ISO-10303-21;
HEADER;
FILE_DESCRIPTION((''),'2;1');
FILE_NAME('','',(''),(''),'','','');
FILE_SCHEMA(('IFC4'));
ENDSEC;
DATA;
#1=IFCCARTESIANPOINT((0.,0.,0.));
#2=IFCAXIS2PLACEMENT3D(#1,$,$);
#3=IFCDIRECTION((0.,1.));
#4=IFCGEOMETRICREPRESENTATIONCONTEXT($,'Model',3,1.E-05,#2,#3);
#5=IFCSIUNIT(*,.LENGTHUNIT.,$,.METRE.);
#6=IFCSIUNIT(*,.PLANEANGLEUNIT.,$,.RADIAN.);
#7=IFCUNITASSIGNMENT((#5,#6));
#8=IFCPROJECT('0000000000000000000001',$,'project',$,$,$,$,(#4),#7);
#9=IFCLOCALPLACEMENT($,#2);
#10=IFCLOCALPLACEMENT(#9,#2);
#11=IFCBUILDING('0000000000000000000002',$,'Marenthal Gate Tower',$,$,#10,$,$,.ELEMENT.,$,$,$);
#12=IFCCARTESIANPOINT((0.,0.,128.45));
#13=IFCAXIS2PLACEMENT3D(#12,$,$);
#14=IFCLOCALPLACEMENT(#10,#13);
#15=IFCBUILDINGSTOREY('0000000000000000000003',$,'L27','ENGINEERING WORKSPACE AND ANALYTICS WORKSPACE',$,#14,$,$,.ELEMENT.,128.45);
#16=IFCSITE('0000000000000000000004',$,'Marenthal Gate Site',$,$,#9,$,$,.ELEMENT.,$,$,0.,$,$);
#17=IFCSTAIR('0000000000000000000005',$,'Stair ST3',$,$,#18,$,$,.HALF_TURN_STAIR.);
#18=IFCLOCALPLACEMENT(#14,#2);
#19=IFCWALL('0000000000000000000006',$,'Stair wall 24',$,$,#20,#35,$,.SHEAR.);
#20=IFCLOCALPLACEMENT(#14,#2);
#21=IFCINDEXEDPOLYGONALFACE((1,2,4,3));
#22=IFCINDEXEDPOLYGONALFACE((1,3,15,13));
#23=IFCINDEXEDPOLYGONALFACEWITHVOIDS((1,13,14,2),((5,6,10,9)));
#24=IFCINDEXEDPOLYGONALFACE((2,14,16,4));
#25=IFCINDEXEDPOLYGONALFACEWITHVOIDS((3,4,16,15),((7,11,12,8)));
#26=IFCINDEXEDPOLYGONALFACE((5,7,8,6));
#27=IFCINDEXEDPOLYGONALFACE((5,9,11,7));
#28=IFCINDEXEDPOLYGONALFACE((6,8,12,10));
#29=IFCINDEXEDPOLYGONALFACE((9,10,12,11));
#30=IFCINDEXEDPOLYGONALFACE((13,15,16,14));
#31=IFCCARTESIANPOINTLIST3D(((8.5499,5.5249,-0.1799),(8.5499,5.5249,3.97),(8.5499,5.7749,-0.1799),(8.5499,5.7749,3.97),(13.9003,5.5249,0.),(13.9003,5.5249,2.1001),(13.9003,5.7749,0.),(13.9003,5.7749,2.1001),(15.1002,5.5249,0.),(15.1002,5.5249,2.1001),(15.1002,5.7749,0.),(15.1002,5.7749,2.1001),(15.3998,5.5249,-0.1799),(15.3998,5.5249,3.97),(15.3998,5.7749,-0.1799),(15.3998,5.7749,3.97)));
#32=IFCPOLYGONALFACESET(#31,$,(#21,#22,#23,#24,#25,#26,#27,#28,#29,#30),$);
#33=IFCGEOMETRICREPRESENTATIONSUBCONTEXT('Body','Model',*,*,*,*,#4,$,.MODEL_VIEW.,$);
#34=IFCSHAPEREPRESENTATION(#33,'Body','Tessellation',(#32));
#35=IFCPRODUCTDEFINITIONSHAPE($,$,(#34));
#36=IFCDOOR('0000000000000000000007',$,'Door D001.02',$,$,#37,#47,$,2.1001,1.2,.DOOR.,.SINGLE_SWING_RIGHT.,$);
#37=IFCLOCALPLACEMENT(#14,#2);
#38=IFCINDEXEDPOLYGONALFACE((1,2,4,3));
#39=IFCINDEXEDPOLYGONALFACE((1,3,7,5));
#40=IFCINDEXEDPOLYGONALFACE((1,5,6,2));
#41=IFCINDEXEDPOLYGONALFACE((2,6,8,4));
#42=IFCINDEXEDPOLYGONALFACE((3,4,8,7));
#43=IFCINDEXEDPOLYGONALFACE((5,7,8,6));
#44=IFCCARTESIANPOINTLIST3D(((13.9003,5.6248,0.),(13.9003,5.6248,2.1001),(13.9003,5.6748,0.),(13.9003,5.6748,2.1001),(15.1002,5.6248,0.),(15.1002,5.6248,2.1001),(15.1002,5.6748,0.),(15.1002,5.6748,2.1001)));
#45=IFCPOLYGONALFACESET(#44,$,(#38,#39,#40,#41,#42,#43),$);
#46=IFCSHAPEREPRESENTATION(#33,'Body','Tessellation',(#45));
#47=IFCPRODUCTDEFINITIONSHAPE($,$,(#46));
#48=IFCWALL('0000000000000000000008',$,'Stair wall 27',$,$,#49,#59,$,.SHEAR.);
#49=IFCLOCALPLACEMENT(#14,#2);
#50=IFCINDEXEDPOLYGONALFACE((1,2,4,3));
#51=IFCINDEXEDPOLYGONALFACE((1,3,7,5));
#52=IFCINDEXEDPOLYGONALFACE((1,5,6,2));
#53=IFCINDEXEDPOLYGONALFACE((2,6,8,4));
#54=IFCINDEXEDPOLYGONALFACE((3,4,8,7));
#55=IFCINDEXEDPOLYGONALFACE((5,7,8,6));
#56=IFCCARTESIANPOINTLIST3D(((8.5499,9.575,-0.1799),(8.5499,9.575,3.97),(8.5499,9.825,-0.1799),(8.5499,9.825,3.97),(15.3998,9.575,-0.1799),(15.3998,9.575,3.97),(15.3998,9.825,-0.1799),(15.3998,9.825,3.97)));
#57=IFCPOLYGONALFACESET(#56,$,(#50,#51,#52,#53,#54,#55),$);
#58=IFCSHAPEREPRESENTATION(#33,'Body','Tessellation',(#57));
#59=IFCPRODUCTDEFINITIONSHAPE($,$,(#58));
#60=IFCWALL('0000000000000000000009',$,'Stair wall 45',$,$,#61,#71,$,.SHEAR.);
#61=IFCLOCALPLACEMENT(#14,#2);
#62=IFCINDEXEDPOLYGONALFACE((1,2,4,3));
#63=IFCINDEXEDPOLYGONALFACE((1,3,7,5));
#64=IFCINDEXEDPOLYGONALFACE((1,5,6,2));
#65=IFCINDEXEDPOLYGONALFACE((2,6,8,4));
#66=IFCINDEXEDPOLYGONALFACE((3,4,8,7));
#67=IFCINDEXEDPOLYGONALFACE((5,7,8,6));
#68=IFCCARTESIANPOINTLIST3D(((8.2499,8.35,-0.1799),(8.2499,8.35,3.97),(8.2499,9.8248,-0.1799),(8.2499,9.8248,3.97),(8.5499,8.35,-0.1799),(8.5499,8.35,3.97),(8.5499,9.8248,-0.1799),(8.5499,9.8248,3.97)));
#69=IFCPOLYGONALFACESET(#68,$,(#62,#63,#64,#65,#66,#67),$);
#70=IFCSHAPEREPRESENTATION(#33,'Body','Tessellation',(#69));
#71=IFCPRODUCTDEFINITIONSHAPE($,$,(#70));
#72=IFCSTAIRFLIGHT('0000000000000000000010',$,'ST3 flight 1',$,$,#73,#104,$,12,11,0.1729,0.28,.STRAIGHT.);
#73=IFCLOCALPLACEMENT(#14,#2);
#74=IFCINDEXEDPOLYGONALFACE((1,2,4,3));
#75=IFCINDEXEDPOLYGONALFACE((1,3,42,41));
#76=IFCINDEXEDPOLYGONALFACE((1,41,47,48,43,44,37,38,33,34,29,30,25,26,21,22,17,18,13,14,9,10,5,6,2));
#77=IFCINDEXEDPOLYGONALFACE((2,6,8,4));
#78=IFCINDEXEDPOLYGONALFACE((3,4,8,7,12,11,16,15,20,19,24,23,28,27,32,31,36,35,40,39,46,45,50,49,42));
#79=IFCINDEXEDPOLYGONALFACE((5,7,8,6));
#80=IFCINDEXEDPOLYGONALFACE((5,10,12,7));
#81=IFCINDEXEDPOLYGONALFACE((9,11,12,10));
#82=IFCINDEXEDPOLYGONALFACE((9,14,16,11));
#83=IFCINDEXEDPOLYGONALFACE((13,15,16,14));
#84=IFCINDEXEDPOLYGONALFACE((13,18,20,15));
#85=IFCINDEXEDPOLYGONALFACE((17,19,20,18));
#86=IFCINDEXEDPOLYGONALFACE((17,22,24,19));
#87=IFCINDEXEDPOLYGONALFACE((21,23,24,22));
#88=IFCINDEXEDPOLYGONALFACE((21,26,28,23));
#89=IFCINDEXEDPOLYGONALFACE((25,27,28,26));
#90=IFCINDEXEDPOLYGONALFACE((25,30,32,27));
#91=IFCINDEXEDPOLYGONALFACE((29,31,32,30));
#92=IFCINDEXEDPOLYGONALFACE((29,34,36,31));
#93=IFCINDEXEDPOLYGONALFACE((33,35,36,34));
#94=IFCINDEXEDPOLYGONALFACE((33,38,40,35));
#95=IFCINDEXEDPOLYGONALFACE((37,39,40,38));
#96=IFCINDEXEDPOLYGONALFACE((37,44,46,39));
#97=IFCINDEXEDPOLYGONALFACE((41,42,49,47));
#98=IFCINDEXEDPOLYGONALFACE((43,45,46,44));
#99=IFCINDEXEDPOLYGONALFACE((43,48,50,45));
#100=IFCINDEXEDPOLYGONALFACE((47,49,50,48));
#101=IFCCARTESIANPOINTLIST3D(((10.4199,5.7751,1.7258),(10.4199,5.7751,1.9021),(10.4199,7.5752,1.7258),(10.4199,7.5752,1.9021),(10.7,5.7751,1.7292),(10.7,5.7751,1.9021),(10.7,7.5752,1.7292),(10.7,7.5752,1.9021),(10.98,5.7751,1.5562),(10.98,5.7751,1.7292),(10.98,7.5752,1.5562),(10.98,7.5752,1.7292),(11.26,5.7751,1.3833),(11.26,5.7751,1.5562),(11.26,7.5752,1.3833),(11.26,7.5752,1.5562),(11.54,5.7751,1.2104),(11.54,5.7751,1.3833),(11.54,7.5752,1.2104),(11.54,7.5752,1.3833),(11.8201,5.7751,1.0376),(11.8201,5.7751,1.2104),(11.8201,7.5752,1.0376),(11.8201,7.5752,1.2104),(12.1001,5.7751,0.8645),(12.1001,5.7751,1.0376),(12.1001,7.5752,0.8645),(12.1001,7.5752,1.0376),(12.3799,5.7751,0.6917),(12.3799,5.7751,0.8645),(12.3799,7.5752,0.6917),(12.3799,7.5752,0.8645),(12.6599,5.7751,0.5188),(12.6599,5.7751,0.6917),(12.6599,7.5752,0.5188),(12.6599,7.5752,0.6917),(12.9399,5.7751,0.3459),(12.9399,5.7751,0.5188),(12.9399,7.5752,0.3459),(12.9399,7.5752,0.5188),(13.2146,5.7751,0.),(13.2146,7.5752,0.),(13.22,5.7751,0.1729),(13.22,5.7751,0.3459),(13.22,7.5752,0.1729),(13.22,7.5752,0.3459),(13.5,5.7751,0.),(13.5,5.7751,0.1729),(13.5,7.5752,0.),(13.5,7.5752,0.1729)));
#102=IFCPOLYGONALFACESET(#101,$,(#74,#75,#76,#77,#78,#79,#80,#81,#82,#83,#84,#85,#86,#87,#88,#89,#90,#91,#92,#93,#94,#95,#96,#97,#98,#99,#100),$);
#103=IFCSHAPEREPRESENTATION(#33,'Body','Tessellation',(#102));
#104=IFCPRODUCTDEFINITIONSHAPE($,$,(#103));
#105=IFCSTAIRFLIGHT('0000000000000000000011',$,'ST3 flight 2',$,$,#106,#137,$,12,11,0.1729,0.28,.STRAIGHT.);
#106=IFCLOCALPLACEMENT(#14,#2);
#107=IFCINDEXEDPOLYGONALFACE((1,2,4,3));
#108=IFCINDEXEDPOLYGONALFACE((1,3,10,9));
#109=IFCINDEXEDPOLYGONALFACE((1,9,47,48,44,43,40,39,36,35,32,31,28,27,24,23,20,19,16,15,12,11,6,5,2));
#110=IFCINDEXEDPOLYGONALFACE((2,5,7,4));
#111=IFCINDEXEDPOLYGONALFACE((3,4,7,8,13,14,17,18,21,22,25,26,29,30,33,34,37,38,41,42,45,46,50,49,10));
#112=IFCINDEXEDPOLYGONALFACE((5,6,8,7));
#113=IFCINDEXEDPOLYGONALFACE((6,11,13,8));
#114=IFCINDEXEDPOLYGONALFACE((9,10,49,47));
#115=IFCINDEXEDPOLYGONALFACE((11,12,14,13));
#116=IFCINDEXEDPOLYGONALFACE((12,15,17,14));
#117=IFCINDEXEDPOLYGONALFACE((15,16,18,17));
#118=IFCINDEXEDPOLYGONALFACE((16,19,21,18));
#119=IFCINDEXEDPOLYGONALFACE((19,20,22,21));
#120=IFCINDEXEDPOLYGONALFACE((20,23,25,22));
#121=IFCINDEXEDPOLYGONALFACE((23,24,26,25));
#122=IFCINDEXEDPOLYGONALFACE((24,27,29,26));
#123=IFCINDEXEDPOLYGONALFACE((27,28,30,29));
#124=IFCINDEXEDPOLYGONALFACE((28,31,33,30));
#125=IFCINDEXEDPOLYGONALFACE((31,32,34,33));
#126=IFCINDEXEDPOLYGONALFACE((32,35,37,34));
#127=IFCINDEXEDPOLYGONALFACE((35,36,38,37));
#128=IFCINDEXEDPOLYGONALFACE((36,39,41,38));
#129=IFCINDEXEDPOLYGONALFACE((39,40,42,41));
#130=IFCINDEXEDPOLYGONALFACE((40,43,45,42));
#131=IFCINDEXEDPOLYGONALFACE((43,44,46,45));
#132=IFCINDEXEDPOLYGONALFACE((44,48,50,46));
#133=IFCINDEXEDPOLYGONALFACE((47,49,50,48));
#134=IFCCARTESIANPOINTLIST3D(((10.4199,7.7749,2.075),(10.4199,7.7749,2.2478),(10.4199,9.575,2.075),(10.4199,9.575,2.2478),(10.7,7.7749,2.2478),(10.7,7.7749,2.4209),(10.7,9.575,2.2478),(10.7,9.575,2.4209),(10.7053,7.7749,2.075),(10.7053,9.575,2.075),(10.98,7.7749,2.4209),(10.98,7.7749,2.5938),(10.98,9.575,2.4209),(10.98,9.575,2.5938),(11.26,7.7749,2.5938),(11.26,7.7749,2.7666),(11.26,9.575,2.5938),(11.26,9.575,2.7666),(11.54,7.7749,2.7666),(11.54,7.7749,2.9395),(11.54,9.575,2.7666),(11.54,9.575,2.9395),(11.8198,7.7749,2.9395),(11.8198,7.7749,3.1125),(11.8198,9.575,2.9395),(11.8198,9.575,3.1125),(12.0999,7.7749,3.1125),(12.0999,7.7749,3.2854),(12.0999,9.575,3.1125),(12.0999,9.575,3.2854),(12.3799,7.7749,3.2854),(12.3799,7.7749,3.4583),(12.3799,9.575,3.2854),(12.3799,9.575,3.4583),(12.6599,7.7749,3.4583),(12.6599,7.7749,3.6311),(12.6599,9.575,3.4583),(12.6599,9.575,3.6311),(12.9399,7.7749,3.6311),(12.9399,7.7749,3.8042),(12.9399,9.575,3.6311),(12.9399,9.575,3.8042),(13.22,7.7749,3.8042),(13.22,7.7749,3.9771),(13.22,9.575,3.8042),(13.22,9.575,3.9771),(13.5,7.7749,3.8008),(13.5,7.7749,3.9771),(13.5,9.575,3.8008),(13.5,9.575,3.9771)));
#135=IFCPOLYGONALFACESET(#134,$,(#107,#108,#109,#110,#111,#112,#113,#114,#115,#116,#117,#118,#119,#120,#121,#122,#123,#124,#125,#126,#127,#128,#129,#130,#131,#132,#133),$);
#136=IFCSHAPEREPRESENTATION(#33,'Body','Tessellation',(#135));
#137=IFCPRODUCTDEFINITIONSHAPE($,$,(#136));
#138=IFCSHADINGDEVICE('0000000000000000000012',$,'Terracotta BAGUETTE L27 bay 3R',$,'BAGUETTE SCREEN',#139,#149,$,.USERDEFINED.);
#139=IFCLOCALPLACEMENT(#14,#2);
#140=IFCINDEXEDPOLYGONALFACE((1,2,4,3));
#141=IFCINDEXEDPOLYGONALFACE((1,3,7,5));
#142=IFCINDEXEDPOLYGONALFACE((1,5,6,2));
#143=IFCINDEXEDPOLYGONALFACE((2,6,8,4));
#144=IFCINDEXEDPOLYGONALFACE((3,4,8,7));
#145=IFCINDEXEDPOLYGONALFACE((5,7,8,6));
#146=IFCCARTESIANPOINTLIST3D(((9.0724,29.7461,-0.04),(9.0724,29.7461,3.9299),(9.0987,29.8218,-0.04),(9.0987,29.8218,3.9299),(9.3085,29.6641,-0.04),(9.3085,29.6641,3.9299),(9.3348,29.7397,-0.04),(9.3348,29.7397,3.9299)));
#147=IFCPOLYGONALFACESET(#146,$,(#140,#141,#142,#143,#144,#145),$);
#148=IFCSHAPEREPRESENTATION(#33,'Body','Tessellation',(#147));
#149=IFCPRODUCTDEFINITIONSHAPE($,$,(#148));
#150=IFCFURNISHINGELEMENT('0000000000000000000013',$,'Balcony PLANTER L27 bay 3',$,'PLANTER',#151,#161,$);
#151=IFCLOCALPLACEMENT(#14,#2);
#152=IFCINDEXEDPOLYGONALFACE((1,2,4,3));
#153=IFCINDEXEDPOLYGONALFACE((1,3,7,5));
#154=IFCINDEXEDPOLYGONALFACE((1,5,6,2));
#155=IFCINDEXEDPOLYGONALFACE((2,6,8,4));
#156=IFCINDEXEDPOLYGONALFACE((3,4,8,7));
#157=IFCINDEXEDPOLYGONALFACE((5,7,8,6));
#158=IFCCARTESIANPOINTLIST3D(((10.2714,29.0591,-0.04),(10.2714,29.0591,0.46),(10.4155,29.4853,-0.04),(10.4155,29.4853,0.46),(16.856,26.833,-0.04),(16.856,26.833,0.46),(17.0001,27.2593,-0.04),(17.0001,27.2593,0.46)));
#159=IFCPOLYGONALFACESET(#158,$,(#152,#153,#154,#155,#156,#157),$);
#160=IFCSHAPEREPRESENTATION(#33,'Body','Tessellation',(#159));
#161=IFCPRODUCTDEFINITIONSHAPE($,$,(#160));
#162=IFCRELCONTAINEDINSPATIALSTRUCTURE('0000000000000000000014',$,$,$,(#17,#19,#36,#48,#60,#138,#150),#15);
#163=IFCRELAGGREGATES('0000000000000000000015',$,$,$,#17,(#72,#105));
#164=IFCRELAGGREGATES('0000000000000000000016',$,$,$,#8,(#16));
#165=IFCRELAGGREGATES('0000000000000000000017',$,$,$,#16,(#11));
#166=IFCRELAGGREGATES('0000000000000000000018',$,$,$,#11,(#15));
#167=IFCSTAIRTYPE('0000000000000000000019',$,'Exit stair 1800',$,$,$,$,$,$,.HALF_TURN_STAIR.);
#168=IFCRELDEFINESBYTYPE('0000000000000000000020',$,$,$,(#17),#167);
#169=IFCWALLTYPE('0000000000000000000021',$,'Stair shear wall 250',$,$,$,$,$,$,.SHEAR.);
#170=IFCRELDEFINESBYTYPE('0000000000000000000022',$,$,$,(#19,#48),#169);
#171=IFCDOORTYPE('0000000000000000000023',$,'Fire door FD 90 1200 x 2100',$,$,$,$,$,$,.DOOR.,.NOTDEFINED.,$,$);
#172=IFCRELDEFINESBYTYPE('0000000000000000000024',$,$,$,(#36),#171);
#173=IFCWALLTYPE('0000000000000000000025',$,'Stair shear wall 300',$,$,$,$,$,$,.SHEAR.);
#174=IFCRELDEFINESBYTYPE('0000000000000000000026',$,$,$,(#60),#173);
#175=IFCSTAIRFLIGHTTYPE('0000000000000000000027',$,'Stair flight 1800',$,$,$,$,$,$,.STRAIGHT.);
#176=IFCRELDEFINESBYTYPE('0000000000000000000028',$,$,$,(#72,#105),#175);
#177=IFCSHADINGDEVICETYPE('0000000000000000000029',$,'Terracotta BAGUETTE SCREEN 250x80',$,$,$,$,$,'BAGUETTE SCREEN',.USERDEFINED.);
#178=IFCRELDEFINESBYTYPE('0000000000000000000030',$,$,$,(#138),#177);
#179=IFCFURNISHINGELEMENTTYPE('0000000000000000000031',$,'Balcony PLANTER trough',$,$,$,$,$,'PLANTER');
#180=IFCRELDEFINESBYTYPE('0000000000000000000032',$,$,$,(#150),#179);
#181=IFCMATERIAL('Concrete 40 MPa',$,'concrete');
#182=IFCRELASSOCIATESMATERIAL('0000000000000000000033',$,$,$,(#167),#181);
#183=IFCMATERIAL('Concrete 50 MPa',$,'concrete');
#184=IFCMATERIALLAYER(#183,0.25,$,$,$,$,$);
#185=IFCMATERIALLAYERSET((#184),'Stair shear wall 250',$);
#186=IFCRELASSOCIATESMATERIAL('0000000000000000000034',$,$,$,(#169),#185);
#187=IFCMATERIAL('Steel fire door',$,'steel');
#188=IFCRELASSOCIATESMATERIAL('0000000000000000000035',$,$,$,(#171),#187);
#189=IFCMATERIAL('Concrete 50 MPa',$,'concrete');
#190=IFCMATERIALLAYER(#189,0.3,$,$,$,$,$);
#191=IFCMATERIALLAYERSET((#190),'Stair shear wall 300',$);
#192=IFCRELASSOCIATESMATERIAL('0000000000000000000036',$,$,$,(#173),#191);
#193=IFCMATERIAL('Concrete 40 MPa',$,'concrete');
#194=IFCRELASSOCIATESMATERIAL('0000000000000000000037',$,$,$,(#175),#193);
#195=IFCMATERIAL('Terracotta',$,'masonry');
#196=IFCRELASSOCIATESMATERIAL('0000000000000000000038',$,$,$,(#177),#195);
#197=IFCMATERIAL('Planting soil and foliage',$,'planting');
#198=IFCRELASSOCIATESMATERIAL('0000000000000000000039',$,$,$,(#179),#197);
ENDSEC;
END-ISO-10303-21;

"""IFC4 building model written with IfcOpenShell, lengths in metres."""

from ifc_helpers import new_model, si_unit, direction, frame, frame_2d, origin, origin_2d, place, context, subcontext, project, spatial, polyline, rectangle, outline, extrude, material, layer, layer_set, material_profile, profile_set, type_object, element, fill, aggregate, save


model = new_model("IFC4")

# Units and contexts
model_context = context("Model", 3, precision=1e-05, world=origin(), true_north=direction((0.0, 1.0)))
body_context = subcontext(model_context, "Body", "Model", "MODEL_VIEW")
ifc_project = project(units=[si_unit("LENGTHUNIT", "METRE"), si_unit("PLANEANGLEUNIT", "RADIAN")], contexts=[model_context])

# Site, building, storey
site_placement = place(None, origin())
site = spatial("IfcSite", under=ifc_project, at=site_placement, Name="Marenthal Gate Site", CompositionType="ELEMENT", RefElevation=0.0)
building_placement = place(site_placement, origin())
building = spatial("IfcBuilding", under=site, at=building_placement, Name="Marenthal Gate Tower", CompositionType="ELEMENT")
storey_placement = place(building_placement, frame((0.0, 0.0, 128.45)))
storey = spatial("IfcBuildingStorey", under=building, at=storey_placement, Name="L27", Description="ENGINEERING WORKSPACE AND ANALYTICS WORKSPACE", CompositionType="ELEMENT", Elevation=128.45)

# Stair
ifc_material_1 = material(Name="Concrete 40 MPa", Category="concrete")
stair_type = type_object("IfcStairType", Name="Exit stair 1800", PredefinedType="HALF_TURN_STAIR", material=ifc_material_1)
stair_1_placement = place(storey_placement, origin())
stair_1 = element("IfcStair", 1, at=stair_1_placement, inside=storey, type_object=stair_type, Name="Stair ST3", PredefinedType="HALF_TURN_STAIR")

# Wall, opening, door
ifc_material_2 = material(Name="Concrete 50 MPa", Category="concrete")
ifc_layer_1 = layer(ifc_material_2, 0.25)
ifc_layer_set_1 = layer_set([ifc_layer_1], Name="Stair shear wall 250")
wall_type_1 = type_object("IfcWallType", Name="Stair shear wall 250", PredefinedType="SHEAR", material=ifc_layer_set_1)
wall_1_placement = place(storey_placement, frame((8.55, 5.6499, -0.1799), z_axis=(0.0, 0.0, 1.0), x_axis=(1.0, 0.0, 0.0)))
wall_1 = element("IfcWall", 2, at=wall_1_placement, inside=storey, type_object=wall_type_1, Name="Stair wall 24", PredefinedType="SHEAR", context=body_context, shape_type="SweptSolid", body=[
    extrude(rectangle(XDim=6.8499, YDim=0.25, at=frame_2d((3.4248, 0.0))), origin(), (0.0, 0.0, 1.0), 4.1499),
])
opening_1_placement = place(wall_1_placement, frame((5.3501, 0.0, 0.1799)))
opening_1 = element("IfcOpeningElement", 3, at=opening_1_placement, cuts=wall_1, PredefinedType="OPENING", context=body_context, shape_type="SweptSolid", body=[
    extrude(rectangle(XDim=1.2, YDim=2.1001, at=frame_2d((0.6001, 1.05))), frame((0.0, 0.135, 0.0), z_axis=(0.0, -1.0, 0.0), x_axis=(1.0, 0.0, 0.0)), (0.0, 0.0, 1.0), 0.27),
])
ifc_material_3 = material(Name="Steel fire door", Category="steel")
door_type_1 = type_object("IfcDoorType", Name="Fire door FD 90 1200 x 2100", OperationType="NOTDEFINED", PredefinedType="DOOR", material=ifc_material_3)
door_1_placement = place(opening_1_placement, origin())
door_1 = element("IfcDoor", 4, at=door_1_placement, inside=storey, type_object=door_type_1, Name="Door D001.02", OperationType="SINGLE_SWING_RIGHT", OverallHeight=2.1001, OverallWidth=1.2, PredefinedType="DOOR", context=body_context, shape_type="SweptSolid", body=[
    extrude(rectangle(XDim=1.2, YDim=2.1001, at=frame_2d((0.6001, 1.05))), frame((0.0, 0.0249, 0.0), z_axis=(0.0, -1.0, 0.0), x_axis=(1.0, 0.0, 0.0)), (0.0, 0.0, 1.0), 0.05),
])
fill(opening_1, door_1)

# Walls
wall_2_placement = place(storey_placement, frame((8.55, 9.7, -0.1799), z_axis=(0.0, 0.0, 1.0), x_axis=(1.0, 0.0, 0.0)))
element("IfcWall", 5, at=wall_2_placement, inside=storey, type_object=wall_type_1, Name="Stair wall 27", PredefinedType="SHEAR", context=body_context, shape_type="SweptSolid", body=[
    extrude(rectangle(XDim=6.8499, YDim=0.25, at=frame_2d((3.4248, 0.0))), origin(), (0.0, 0.0, 1.0), 4.1499),
])
ifc_material_4 = material(Name="Concrete 50 MPa", Category="concrete")
ifc_layer_2 = layer(ifc_material_4, 0.3)
ifc_layer_set_2 = layer_set([ifc_layer_2], Name="Stair shear wall 300")
wall_type_2 = type_object("IfcWallType", Name="Stair shear wall 300", PredefinedType="SHEAR", material=ifc_layer_set_2)
wall_3_placement = place(storey_placement, frame((8.3999, 8.3501, -0.1799), z_axis=(0.0, 0.0, 1.0), x_axis=(0.0, 1.0, 0.0)))
element("IfcWall", 6, at=wall_3_placement, inside=storey, type_object=wall_type_2, Name="Stair wall 45", PredefinedType="SHEAR", context=body_context, shape_type="SweptSolid", body=[
    extrude(rectangle(XDim=1.4749, YDim=0.3, at=frame_2d((0.7373, 0.0))), origin(), (0.0, 0.0, 1.0), 4.1499),
])

# Stair flights
ifc_material_5 = material(Name="Concrete 40 MPa", Category="concrete")
stair_flight_type = type_object("IfcStairFlightType", Name="Stair flight 1800", PredefinedType="STRAIGHT", material=ifc_material_5)
stair_flight_1_placement = place(storey_placement, frame((13.5, 6.675, 0.0), z_axis=(0.0, 0.0, 1.0), x_axis=(-1.0, 0.0, 0.0)))
stair_flight_1 = element("IfcStairFlight", 7, at=stair_flight_1_placement, type_object=stair_flight_type, Name="ST3 flight 1", NumberOfRisers=12, NumberOfTreads=11, PredefinedType="STRAIGHT", RiserHeight=0.1729, TreadLength=0.28, context=body_context, shape_type="SweptSolid", body=[
    extrude(outline(polyline([(0.0, 0.0), (0.0, 0.1729), (0.28, 0.1729), (0.28, 0.3459), (0.5601, 0.3459), (0.5601, 0.5188), (0.8401, 0.5188), (0.8401, 0.6917), (1.1201, 0.6917), (1.1201, 0.8645), (1.3999, 0.8645), (1.3999, 1.0376), (1.6799, 1.0376), (1.6799, 1.2104), (1.96, 1.2104), (1.96, 1.3833), (2.24, 1.3833), (2.24, 1.5562), (2.52, 1.5562), (2.52, 1.7292), (2.8, 1.7292), (2.8, 1.9021), (3.0801, 1.9021), (3.0801, 2.075), (3.0801, 1.7258), (0.2854, 0.0), (0.0, 0.0)])), frame((0.0, 0.8999, 0.0), z_axis=(0.0, -1.0, 0.0), x_axis=(1.0, 0.0, 0.0)), (0.0, 0.0, 1.0), 1.8),
])
stair_flight_2_placement = place(storey_placement, frame((10.4199, 8.675, 2.075), z_axis=(0.0, 0.0, 1.0), x_axis=(1.0, 0.0, 0.0)))
stair_flight_2 = element("IfcStairFlight", 8, at=stair_flight_2_placement, type_object=stair_flight_type, Name="ST3 flight 2", NumberOfRisers=12, NumberOfTreads=11, PredefinedType="STRAIGHT", RiserHeight=0.1729, TreadLength=0.28, context=body_context, shape_type="SweptSolid", body=[
    extrude(outline(polyline([(0.0, 0.0), (0.0, 0.1729), (0.28, 0.1729), (0.28, 0.3459), (0.5601, 0.3459), (0.5601, 0.5188), (0.8401, 0.5188), (0.8401, 0.6917), (1.1201, 0.6917), (1.1201, 0.8645), (1.3999, 0.8645), (1.3999, 1.0376), (1.6799, 1.0376), (1.6799, 1.2104), (1.96, 1.2104), (1.96, 1.3833), (2.24, 1.3833), (2.24, 1.5562), (2.52, 1.5562), (2.52, 1.7292), (2.8, 1.7292), (2.8, 1.9021), (3.0801, 1.9021), (3.0801, 2.075), (3.0801, 1.7258), (0.2854, 0.0), (0.0, 0.0)])), frame((0.0, 0.8999, 0.0), z_axis=(0.0, -1.0, 0.0), x_axis=(1.0, 0.0, 0.0)), (0.0, 0.0, 1.0), 1.8),
])
aggregate(stair_1, [stair_flight_1, stair_flight_2])

# Shading device
ifc_material_6 = material(Name="Terracotta", Category="masonry")
ifc_material_profile_1 = material_profile(ifc_material_6, rectangle(XDim=0.25, YDim=0.0801, at=origin_2d()), Name="Terracotta baguette 250x80")
ifc_profile_set_1 = profile_set([ifc_material_profile_1], Name="Terracotta")
shading_device_type = type_object("IfcShadingDeviceType", Name="Terracotta BAGUETTE SCREEN 250x80", ElementType="BAGUETTE SCREEN", PredefinedType="USERDEFINED", material=ifc_profile_set_1)
shading_device_placement = place(storey_placement, frame((9.2036, 29.7429, -0.04), z_axis=(0.0, 0.0, 1.0), x_axis=(-0.944576, 0.328292, 0.0)))
element("IfcShadingDevice", 9, at=shading_device_placement, inside=storey, type_object=shading_device_type, Name="Terracotta BAGUETTE L27 bay 3R", ObjectType="BAGUETTE SCREEN", PredefinedType="USERDEFINED", context=body_context, shape_type="SweptSolid", body=[
    extrude(rectangle(XDim=0.25, YDim=0.0801, at=origin_2d()), origin(), (0.0, 0.0, 1.0), 3.97),
])

# Furnishing element
ifc_material_7 = material(Name="Planting soil and foliage", Category="planting")
furnishing_element_type = type_object("IfcFurnishingElementType", Name="Balcony PLANTER trough", ElementType="PLANTER", material=ifc_material_7)
furnishing_placement = place(storey_placement, frame((13.6357, 28.1592, -0.04), z_axis=(0.0, 0.0, 1.0), x_axis=(-0.947329, 0.320262, 0.0)))
element("IfcFurnishingElement", 10, at=furnishing_placement, inside=storey, type_object=furnishing_element_type, Name="Balcony PLANTER L27 bay 3", ObjectType="PLANTER", context=body_context, shape_type="SweptSolid", body=[
    extrude(rectangle(XDim=6.9507, YDim=0.45, at=origin_2d()), origin(), (0.0, 0.0, 1.0), 0.5),
])

save(model, "model.ifc")
